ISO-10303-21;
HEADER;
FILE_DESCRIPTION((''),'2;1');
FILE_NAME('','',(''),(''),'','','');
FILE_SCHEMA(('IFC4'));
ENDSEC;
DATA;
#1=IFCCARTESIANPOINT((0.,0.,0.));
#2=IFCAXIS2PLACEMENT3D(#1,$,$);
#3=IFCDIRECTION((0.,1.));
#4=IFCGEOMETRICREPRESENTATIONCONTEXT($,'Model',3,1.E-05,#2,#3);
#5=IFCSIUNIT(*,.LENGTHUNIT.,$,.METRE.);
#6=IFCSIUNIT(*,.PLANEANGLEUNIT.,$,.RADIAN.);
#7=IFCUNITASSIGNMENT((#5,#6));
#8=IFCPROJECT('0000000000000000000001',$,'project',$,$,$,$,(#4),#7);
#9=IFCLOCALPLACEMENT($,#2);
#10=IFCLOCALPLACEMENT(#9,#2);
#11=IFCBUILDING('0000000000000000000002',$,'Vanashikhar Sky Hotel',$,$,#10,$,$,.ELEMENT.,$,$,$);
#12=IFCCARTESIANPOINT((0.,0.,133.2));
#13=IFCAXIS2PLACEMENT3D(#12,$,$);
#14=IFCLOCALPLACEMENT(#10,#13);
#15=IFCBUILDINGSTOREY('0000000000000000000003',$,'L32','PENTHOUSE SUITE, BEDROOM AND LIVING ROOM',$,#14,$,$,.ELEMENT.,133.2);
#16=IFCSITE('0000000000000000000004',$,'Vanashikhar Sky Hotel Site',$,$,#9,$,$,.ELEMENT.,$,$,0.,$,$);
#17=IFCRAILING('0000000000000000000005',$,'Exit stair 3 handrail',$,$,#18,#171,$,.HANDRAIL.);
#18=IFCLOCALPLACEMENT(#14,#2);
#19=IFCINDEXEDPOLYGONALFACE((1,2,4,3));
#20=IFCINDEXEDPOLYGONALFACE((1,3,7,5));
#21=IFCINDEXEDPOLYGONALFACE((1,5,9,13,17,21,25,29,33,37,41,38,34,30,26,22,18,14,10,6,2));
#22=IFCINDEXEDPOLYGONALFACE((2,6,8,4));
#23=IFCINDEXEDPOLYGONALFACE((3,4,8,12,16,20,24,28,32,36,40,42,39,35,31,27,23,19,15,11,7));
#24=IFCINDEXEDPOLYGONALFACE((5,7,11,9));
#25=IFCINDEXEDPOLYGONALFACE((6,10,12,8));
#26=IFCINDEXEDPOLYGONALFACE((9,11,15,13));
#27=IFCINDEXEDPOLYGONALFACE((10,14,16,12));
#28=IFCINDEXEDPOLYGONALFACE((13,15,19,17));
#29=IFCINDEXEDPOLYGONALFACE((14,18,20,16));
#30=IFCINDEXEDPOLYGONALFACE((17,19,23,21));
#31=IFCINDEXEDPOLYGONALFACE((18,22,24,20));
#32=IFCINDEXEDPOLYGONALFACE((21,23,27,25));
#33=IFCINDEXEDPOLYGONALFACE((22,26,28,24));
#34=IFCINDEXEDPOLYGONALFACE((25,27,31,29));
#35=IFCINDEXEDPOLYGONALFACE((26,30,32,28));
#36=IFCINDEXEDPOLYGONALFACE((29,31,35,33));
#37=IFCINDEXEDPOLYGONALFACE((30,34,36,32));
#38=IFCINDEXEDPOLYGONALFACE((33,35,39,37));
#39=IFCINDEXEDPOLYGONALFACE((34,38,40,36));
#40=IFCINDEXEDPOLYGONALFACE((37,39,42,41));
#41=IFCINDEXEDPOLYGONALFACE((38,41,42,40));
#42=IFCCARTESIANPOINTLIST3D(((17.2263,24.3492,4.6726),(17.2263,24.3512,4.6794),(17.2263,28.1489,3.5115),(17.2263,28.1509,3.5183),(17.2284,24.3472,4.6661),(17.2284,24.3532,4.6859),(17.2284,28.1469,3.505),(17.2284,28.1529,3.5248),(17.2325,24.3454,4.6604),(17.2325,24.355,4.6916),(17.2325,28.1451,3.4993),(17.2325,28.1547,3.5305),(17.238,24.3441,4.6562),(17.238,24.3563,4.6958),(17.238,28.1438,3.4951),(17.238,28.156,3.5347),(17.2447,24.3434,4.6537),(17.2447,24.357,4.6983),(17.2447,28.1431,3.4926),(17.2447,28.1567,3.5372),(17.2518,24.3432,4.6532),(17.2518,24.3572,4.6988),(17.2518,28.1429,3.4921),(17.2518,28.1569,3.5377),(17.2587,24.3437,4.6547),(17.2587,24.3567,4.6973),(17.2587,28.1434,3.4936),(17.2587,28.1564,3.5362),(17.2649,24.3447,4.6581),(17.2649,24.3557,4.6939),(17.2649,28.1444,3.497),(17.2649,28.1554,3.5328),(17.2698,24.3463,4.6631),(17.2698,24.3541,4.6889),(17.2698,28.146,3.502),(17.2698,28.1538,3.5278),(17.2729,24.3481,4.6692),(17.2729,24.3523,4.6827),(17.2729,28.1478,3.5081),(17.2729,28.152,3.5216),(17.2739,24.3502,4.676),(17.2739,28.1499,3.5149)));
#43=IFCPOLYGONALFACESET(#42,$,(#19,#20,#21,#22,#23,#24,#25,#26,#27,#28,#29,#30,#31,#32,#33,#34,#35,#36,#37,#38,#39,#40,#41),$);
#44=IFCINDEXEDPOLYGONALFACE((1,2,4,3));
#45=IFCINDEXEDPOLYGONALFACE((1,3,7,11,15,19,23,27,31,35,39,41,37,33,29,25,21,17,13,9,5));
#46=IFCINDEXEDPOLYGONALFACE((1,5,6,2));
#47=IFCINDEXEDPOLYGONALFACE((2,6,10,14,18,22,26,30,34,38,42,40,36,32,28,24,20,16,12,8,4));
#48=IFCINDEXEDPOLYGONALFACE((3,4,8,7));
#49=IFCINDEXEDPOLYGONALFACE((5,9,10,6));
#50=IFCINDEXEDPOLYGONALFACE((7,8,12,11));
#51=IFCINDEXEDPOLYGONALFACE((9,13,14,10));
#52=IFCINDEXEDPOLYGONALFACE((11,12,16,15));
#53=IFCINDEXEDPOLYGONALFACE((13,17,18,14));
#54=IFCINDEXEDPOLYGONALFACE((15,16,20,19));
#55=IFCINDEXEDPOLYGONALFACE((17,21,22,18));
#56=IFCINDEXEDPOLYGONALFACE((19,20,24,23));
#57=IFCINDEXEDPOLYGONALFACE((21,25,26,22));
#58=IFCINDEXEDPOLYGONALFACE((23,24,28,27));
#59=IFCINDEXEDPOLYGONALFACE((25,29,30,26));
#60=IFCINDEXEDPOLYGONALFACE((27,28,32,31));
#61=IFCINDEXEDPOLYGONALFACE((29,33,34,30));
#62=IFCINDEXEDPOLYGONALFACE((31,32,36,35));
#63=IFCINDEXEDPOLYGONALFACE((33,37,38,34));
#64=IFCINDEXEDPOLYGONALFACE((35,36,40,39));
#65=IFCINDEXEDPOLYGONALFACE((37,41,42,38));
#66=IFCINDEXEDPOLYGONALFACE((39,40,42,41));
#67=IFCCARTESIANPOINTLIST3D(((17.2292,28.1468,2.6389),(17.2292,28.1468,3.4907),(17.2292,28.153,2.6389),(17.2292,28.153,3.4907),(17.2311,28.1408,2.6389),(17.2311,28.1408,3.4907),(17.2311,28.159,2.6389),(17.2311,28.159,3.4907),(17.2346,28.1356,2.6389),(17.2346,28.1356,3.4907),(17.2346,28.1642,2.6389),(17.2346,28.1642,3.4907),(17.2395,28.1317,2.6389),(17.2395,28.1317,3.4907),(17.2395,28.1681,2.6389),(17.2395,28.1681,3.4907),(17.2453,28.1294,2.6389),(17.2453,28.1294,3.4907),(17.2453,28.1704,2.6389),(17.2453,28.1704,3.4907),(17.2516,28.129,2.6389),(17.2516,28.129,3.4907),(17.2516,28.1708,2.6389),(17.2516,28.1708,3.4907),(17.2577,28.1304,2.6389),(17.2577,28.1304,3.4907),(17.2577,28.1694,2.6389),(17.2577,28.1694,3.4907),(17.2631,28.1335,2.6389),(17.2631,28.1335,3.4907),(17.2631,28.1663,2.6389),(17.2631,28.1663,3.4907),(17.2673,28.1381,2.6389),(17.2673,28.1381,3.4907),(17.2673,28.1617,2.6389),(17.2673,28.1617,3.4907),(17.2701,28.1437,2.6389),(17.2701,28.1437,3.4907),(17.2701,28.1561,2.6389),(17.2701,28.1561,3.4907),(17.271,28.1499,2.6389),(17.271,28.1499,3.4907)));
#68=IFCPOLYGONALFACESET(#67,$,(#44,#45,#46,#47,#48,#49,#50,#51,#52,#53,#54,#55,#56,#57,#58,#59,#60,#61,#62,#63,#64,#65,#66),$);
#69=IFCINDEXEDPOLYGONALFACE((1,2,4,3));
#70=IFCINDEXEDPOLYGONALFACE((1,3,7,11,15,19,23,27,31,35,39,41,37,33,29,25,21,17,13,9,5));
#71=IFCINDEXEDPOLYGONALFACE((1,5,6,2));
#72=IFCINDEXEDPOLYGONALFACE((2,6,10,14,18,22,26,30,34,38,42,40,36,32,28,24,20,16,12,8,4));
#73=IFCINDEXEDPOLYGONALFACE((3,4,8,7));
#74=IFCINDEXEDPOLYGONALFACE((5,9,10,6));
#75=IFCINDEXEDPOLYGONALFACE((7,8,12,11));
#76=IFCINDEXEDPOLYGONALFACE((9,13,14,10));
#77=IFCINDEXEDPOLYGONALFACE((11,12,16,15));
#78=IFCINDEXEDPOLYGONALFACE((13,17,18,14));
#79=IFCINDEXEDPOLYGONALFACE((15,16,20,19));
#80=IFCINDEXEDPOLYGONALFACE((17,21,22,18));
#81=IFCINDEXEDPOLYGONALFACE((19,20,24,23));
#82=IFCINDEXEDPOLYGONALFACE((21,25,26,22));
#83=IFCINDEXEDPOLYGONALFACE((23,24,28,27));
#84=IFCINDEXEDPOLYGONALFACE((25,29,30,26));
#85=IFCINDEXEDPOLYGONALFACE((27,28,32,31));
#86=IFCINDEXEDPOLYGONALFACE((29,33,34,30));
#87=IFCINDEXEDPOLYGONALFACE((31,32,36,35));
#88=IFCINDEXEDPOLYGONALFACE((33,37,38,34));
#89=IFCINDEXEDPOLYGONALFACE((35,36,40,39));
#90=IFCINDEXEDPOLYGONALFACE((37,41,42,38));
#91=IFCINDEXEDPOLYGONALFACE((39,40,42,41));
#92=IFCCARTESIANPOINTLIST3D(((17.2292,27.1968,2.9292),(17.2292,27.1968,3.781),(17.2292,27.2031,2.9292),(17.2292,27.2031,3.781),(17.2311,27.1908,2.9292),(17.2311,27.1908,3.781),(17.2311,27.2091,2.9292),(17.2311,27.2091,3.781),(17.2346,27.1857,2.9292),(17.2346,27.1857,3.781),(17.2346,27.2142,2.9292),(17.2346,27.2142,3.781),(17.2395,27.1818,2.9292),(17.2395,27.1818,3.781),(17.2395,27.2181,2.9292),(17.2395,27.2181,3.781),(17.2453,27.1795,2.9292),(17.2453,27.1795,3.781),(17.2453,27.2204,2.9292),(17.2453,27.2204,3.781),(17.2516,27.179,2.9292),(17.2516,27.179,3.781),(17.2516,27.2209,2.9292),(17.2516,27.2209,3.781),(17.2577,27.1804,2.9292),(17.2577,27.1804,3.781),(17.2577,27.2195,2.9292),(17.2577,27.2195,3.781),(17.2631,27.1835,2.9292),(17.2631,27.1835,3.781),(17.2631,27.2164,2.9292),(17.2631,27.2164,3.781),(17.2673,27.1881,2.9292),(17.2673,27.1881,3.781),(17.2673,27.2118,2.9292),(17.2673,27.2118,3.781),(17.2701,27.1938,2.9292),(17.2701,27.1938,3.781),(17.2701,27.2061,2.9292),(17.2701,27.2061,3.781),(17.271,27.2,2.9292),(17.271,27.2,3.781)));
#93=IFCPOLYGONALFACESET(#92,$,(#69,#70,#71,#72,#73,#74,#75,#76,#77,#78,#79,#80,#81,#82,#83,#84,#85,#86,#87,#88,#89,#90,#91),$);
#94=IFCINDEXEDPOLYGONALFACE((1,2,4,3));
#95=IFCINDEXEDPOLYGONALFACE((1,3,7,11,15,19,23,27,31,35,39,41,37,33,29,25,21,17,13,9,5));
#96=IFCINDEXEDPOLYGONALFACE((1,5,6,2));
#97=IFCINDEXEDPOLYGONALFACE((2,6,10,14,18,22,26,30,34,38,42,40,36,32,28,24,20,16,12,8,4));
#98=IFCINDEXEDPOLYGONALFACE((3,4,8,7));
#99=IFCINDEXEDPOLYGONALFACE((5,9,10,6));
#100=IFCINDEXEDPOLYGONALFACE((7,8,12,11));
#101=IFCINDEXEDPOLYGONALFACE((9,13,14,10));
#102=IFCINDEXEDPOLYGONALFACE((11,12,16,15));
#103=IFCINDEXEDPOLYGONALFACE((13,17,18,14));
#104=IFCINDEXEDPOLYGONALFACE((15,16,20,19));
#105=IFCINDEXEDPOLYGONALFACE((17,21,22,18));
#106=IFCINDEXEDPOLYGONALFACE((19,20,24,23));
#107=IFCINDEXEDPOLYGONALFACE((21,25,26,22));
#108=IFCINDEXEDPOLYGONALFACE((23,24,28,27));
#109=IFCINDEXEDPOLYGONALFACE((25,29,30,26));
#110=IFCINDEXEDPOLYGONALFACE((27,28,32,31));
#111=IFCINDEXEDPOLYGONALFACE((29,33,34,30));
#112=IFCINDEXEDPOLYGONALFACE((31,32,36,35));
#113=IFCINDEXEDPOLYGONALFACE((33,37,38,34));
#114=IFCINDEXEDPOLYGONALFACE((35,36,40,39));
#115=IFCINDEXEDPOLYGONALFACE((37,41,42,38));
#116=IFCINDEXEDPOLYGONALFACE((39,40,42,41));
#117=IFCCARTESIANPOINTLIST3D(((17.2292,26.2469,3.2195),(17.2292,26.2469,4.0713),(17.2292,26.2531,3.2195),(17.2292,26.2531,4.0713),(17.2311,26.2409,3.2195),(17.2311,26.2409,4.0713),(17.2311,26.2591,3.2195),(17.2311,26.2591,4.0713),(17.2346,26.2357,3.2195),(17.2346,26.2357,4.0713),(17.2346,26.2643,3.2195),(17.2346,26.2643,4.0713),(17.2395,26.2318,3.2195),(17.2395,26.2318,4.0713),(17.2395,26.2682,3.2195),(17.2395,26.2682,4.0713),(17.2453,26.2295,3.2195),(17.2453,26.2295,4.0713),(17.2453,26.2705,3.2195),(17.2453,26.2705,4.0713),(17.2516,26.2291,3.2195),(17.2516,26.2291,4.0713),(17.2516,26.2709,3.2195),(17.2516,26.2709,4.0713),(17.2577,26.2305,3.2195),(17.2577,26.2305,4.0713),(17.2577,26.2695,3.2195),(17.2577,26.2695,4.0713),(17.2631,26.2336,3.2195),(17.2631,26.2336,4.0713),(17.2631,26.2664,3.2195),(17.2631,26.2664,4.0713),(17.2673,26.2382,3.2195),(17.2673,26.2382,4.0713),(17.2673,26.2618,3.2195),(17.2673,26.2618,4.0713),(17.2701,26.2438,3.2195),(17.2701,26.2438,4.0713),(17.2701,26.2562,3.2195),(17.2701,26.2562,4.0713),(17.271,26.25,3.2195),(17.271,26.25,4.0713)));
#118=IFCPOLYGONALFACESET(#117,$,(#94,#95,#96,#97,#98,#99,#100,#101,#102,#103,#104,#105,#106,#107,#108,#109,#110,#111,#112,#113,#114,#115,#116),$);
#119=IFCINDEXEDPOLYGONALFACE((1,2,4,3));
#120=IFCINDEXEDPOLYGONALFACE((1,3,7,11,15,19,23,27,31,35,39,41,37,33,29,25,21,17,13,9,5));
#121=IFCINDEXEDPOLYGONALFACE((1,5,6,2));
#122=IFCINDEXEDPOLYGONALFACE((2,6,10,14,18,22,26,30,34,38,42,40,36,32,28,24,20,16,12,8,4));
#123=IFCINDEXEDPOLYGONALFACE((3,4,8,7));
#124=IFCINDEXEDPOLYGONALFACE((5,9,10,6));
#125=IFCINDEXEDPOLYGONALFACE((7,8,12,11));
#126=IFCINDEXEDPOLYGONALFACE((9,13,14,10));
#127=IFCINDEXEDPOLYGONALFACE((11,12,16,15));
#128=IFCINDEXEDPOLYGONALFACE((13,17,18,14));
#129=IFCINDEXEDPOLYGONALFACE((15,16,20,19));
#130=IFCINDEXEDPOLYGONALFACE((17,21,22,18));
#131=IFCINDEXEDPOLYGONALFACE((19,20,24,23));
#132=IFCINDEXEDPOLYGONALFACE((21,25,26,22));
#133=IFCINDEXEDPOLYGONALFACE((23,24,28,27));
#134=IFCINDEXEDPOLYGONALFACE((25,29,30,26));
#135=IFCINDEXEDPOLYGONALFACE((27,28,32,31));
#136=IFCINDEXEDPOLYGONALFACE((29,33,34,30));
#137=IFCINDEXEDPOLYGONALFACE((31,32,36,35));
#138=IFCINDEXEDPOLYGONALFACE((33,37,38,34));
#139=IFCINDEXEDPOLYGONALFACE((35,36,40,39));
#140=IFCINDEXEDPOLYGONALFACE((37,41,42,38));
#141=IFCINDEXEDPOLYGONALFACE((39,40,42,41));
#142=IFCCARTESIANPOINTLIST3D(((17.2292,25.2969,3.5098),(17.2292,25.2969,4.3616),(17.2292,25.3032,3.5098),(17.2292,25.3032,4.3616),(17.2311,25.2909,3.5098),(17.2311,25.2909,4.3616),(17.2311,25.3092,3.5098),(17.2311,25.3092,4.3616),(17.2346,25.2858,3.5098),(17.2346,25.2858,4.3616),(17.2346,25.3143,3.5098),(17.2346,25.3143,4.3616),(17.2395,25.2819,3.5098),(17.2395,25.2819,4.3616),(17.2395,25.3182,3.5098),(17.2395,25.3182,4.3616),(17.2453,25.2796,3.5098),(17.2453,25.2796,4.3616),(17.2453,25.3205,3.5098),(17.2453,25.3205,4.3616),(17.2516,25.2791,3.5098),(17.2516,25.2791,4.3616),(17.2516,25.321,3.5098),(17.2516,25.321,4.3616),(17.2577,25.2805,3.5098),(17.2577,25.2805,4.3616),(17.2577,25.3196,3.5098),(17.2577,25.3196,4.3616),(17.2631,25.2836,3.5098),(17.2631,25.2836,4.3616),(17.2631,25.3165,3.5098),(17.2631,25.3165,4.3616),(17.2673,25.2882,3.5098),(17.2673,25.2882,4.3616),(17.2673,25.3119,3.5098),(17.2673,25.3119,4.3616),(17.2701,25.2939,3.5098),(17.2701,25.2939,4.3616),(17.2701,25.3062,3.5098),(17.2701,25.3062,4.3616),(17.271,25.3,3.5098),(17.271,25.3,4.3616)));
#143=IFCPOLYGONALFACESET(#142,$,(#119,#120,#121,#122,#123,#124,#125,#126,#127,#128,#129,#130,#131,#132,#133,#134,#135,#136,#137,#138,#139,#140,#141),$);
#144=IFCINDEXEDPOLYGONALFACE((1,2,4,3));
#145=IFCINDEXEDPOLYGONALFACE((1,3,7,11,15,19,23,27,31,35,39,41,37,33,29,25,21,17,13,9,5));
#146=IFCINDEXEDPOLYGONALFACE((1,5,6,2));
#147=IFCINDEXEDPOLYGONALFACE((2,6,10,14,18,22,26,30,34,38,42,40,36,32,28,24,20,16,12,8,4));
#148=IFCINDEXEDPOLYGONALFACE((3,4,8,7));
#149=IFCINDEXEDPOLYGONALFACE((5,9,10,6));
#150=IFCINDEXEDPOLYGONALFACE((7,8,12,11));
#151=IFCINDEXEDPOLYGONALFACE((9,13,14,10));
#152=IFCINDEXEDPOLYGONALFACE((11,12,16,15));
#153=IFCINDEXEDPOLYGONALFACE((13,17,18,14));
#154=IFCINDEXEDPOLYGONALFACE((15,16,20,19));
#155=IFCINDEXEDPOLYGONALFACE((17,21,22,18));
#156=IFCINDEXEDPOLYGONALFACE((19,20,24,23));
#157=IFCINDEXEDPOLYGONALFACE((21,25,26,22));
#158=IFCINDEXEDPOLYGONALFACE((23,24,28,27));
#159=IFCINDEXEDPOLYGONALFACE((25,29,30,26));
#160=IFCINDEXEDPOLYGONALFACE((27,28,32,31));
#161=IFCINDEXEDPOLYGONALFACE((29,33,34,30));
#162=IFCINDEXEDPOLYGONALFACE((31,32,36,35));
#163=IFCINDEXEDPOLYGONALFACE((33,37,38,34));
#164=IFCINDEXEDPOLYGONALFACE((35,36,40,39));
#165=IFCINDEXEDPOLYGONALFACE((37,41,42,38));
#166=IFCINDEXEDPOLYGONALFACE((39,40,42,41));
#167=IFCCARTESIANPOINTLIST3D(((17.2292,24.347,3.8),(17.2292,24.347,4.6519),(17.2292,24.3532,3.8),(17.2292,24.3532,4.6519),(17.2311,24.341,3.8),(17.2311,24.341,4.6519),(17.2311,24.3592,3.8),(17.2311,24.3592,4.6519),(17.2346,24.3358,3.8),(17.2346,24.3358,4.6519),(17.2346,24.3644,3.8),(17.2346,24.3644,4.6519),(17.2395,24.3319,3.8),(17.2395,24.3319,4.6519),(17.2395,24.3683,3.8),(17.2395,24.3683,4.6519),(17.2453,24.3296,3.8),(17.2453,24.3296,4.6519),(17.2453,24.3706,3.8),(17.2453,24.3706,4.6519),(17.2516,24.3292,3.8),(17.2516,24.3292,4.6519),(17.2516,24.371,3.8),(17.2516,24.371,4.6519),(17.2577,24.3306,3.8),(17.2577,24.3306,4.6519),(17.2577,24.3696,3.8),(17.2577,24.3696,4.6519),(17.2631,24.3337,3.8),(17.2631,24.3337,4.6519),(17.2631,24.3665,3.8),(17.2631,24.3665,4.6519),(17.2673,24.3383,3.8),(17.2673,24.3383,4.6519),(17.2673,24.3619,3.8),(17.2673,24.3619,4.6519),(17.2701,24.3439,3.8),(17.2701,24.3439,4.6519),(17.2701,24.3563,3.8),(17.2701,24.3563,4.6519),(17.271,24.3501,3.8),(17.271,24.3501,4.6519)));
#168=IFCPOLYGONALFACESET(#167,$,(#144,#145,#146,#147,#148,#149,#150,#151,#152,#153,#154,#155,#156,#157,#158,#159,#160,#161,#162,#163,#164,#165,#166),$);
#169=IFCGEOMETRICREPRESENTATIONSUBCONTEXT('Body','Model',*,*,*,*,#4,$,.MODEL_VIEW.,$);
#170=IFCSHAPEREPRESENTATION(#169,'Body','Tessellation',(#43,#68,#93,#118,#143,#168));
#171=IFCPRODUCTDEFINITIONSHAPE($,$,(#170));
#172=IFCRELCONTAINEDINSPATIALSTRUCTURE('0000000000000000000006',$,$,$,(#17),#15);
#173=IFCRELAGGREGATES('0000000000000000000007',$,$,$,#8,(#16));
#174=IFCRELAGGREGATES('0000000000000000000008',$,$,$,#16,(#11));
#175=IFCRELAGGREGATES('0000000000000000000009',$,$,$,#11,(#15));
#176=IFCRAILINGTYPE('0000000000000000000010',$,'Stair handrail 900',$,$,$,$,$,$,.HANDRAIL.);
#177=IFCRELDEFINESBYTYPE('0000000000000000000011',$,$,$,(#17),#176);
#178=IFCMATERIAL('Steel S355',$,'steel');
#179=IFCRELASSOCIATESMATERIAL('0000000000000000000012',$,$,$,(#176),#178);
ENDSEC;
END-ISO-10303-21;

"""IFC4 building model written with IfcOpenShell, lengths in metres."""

from ifc_helpers import new_model, si_unit, direction, frame, origin, origin_2d, place, context, subcontext, project, spatial, circle, extrude, source, transform, mapped, material, type_object, element, save


model = new_model("IFC4")

# Units and contexts
model_context = context("Model", 3, precision=1e-05, world=origin(), true_north=direction((0.0, 1.0)))
body_context = subcontext(model_context, "Body", "Model", "MODEL_VIEW")
ifc_project = project(units=[si_unit("LENGTHUNIT", "METRE"), si_unit("PLANEANGLEUNIT", "RADIAN")], contexts=[model_context])

# Site, building, storey
site_placement = place(None, origin())
site = spatial("IfcSite", under=ifc_project, at=site_placement, Name="Vanashikhar Sky Hotel Site", CompositionType="ELEMENT", RefElevation=0.0)
building_placement = place(site_placement, origin())
building = spatial("IfcBuilding", under=site, at=building_placement, Name="Vanashikhar Sky Hotel", CompositionType="ELEMENT")
storey_placement = place(building_placement, frame((0.0, 0.0, 133.2)))
storey = spatial("IfcBuildingStorey", under=building, at=storey_placement, Name="L32", Description="PENTHOUSE SUITE, BEDROOM AND LIVING ROOM", CompositionType="ELEMENT", Elevation=133.2)

# Railing
ifc_material_1 = material(Name="Steel S355", Category="steel")
railing_type_1 = type_object("IfcRailingType", Name="Stair handrail 900", PredefinedType="HANDRAIL", material=ifc_material_1)
shared_shape_1 = source(origin(), body_context, "Body", "SweptSolid", [
    extrude(circle(Radius=0.0239, at=origin_2d()), frame((0.0, 0.0, 0.876), z_axis=(0.0, -0.956346, 0.292237), x_axis=(1.0, 0.0, 0.0)), (0.0, 0.0, 1.0), 3.9731),
    extrude(circle(Radius=0.021, at=origin_2d()), origin(), (0.0, 0.0, 1.0), 0.8518),
    extrude(circle(Radius=0.021, at=origin_2d()), frame((0.0, -0.95, 0.2903)), (0.0, 0.0, 1.0), 0.8518),
    extrude(circle(Radius=0.021, at=origin_2d()), frame((0.0, -1.8999, 0.5806)), (0.0, 0.0, 1.0), 0.8518),
    extrude(circle(Radius=0.021, at=origin_2d()), frame((0.0, -2.8499, 0.8708)), (0.0, 0.0, 1.0), 0.8518),
    extrude(circle(Radius=0.021, at=origin_2d()), frame((0.0, -3.7998, 1.1611)), (0.0, 0.0, 1.0), 0.8518),
])
railing_1_placement = place(storey_placement, frame((17.25, 28.1499, 2.6389)))
element("IfcRailing", 1, at=railing_1_placement, inside=storey, type_object=railing_type_1, Name="Exit stair 3 handrail", PredefinedType="HANDRAIL", context=body_context, shape_type="MappedRepresentation", body=[
    mapped(shared_shape_1, transform((0.0, 0.0, 0.0), scale=1.0)),
])

save(model, "model.ifc")
